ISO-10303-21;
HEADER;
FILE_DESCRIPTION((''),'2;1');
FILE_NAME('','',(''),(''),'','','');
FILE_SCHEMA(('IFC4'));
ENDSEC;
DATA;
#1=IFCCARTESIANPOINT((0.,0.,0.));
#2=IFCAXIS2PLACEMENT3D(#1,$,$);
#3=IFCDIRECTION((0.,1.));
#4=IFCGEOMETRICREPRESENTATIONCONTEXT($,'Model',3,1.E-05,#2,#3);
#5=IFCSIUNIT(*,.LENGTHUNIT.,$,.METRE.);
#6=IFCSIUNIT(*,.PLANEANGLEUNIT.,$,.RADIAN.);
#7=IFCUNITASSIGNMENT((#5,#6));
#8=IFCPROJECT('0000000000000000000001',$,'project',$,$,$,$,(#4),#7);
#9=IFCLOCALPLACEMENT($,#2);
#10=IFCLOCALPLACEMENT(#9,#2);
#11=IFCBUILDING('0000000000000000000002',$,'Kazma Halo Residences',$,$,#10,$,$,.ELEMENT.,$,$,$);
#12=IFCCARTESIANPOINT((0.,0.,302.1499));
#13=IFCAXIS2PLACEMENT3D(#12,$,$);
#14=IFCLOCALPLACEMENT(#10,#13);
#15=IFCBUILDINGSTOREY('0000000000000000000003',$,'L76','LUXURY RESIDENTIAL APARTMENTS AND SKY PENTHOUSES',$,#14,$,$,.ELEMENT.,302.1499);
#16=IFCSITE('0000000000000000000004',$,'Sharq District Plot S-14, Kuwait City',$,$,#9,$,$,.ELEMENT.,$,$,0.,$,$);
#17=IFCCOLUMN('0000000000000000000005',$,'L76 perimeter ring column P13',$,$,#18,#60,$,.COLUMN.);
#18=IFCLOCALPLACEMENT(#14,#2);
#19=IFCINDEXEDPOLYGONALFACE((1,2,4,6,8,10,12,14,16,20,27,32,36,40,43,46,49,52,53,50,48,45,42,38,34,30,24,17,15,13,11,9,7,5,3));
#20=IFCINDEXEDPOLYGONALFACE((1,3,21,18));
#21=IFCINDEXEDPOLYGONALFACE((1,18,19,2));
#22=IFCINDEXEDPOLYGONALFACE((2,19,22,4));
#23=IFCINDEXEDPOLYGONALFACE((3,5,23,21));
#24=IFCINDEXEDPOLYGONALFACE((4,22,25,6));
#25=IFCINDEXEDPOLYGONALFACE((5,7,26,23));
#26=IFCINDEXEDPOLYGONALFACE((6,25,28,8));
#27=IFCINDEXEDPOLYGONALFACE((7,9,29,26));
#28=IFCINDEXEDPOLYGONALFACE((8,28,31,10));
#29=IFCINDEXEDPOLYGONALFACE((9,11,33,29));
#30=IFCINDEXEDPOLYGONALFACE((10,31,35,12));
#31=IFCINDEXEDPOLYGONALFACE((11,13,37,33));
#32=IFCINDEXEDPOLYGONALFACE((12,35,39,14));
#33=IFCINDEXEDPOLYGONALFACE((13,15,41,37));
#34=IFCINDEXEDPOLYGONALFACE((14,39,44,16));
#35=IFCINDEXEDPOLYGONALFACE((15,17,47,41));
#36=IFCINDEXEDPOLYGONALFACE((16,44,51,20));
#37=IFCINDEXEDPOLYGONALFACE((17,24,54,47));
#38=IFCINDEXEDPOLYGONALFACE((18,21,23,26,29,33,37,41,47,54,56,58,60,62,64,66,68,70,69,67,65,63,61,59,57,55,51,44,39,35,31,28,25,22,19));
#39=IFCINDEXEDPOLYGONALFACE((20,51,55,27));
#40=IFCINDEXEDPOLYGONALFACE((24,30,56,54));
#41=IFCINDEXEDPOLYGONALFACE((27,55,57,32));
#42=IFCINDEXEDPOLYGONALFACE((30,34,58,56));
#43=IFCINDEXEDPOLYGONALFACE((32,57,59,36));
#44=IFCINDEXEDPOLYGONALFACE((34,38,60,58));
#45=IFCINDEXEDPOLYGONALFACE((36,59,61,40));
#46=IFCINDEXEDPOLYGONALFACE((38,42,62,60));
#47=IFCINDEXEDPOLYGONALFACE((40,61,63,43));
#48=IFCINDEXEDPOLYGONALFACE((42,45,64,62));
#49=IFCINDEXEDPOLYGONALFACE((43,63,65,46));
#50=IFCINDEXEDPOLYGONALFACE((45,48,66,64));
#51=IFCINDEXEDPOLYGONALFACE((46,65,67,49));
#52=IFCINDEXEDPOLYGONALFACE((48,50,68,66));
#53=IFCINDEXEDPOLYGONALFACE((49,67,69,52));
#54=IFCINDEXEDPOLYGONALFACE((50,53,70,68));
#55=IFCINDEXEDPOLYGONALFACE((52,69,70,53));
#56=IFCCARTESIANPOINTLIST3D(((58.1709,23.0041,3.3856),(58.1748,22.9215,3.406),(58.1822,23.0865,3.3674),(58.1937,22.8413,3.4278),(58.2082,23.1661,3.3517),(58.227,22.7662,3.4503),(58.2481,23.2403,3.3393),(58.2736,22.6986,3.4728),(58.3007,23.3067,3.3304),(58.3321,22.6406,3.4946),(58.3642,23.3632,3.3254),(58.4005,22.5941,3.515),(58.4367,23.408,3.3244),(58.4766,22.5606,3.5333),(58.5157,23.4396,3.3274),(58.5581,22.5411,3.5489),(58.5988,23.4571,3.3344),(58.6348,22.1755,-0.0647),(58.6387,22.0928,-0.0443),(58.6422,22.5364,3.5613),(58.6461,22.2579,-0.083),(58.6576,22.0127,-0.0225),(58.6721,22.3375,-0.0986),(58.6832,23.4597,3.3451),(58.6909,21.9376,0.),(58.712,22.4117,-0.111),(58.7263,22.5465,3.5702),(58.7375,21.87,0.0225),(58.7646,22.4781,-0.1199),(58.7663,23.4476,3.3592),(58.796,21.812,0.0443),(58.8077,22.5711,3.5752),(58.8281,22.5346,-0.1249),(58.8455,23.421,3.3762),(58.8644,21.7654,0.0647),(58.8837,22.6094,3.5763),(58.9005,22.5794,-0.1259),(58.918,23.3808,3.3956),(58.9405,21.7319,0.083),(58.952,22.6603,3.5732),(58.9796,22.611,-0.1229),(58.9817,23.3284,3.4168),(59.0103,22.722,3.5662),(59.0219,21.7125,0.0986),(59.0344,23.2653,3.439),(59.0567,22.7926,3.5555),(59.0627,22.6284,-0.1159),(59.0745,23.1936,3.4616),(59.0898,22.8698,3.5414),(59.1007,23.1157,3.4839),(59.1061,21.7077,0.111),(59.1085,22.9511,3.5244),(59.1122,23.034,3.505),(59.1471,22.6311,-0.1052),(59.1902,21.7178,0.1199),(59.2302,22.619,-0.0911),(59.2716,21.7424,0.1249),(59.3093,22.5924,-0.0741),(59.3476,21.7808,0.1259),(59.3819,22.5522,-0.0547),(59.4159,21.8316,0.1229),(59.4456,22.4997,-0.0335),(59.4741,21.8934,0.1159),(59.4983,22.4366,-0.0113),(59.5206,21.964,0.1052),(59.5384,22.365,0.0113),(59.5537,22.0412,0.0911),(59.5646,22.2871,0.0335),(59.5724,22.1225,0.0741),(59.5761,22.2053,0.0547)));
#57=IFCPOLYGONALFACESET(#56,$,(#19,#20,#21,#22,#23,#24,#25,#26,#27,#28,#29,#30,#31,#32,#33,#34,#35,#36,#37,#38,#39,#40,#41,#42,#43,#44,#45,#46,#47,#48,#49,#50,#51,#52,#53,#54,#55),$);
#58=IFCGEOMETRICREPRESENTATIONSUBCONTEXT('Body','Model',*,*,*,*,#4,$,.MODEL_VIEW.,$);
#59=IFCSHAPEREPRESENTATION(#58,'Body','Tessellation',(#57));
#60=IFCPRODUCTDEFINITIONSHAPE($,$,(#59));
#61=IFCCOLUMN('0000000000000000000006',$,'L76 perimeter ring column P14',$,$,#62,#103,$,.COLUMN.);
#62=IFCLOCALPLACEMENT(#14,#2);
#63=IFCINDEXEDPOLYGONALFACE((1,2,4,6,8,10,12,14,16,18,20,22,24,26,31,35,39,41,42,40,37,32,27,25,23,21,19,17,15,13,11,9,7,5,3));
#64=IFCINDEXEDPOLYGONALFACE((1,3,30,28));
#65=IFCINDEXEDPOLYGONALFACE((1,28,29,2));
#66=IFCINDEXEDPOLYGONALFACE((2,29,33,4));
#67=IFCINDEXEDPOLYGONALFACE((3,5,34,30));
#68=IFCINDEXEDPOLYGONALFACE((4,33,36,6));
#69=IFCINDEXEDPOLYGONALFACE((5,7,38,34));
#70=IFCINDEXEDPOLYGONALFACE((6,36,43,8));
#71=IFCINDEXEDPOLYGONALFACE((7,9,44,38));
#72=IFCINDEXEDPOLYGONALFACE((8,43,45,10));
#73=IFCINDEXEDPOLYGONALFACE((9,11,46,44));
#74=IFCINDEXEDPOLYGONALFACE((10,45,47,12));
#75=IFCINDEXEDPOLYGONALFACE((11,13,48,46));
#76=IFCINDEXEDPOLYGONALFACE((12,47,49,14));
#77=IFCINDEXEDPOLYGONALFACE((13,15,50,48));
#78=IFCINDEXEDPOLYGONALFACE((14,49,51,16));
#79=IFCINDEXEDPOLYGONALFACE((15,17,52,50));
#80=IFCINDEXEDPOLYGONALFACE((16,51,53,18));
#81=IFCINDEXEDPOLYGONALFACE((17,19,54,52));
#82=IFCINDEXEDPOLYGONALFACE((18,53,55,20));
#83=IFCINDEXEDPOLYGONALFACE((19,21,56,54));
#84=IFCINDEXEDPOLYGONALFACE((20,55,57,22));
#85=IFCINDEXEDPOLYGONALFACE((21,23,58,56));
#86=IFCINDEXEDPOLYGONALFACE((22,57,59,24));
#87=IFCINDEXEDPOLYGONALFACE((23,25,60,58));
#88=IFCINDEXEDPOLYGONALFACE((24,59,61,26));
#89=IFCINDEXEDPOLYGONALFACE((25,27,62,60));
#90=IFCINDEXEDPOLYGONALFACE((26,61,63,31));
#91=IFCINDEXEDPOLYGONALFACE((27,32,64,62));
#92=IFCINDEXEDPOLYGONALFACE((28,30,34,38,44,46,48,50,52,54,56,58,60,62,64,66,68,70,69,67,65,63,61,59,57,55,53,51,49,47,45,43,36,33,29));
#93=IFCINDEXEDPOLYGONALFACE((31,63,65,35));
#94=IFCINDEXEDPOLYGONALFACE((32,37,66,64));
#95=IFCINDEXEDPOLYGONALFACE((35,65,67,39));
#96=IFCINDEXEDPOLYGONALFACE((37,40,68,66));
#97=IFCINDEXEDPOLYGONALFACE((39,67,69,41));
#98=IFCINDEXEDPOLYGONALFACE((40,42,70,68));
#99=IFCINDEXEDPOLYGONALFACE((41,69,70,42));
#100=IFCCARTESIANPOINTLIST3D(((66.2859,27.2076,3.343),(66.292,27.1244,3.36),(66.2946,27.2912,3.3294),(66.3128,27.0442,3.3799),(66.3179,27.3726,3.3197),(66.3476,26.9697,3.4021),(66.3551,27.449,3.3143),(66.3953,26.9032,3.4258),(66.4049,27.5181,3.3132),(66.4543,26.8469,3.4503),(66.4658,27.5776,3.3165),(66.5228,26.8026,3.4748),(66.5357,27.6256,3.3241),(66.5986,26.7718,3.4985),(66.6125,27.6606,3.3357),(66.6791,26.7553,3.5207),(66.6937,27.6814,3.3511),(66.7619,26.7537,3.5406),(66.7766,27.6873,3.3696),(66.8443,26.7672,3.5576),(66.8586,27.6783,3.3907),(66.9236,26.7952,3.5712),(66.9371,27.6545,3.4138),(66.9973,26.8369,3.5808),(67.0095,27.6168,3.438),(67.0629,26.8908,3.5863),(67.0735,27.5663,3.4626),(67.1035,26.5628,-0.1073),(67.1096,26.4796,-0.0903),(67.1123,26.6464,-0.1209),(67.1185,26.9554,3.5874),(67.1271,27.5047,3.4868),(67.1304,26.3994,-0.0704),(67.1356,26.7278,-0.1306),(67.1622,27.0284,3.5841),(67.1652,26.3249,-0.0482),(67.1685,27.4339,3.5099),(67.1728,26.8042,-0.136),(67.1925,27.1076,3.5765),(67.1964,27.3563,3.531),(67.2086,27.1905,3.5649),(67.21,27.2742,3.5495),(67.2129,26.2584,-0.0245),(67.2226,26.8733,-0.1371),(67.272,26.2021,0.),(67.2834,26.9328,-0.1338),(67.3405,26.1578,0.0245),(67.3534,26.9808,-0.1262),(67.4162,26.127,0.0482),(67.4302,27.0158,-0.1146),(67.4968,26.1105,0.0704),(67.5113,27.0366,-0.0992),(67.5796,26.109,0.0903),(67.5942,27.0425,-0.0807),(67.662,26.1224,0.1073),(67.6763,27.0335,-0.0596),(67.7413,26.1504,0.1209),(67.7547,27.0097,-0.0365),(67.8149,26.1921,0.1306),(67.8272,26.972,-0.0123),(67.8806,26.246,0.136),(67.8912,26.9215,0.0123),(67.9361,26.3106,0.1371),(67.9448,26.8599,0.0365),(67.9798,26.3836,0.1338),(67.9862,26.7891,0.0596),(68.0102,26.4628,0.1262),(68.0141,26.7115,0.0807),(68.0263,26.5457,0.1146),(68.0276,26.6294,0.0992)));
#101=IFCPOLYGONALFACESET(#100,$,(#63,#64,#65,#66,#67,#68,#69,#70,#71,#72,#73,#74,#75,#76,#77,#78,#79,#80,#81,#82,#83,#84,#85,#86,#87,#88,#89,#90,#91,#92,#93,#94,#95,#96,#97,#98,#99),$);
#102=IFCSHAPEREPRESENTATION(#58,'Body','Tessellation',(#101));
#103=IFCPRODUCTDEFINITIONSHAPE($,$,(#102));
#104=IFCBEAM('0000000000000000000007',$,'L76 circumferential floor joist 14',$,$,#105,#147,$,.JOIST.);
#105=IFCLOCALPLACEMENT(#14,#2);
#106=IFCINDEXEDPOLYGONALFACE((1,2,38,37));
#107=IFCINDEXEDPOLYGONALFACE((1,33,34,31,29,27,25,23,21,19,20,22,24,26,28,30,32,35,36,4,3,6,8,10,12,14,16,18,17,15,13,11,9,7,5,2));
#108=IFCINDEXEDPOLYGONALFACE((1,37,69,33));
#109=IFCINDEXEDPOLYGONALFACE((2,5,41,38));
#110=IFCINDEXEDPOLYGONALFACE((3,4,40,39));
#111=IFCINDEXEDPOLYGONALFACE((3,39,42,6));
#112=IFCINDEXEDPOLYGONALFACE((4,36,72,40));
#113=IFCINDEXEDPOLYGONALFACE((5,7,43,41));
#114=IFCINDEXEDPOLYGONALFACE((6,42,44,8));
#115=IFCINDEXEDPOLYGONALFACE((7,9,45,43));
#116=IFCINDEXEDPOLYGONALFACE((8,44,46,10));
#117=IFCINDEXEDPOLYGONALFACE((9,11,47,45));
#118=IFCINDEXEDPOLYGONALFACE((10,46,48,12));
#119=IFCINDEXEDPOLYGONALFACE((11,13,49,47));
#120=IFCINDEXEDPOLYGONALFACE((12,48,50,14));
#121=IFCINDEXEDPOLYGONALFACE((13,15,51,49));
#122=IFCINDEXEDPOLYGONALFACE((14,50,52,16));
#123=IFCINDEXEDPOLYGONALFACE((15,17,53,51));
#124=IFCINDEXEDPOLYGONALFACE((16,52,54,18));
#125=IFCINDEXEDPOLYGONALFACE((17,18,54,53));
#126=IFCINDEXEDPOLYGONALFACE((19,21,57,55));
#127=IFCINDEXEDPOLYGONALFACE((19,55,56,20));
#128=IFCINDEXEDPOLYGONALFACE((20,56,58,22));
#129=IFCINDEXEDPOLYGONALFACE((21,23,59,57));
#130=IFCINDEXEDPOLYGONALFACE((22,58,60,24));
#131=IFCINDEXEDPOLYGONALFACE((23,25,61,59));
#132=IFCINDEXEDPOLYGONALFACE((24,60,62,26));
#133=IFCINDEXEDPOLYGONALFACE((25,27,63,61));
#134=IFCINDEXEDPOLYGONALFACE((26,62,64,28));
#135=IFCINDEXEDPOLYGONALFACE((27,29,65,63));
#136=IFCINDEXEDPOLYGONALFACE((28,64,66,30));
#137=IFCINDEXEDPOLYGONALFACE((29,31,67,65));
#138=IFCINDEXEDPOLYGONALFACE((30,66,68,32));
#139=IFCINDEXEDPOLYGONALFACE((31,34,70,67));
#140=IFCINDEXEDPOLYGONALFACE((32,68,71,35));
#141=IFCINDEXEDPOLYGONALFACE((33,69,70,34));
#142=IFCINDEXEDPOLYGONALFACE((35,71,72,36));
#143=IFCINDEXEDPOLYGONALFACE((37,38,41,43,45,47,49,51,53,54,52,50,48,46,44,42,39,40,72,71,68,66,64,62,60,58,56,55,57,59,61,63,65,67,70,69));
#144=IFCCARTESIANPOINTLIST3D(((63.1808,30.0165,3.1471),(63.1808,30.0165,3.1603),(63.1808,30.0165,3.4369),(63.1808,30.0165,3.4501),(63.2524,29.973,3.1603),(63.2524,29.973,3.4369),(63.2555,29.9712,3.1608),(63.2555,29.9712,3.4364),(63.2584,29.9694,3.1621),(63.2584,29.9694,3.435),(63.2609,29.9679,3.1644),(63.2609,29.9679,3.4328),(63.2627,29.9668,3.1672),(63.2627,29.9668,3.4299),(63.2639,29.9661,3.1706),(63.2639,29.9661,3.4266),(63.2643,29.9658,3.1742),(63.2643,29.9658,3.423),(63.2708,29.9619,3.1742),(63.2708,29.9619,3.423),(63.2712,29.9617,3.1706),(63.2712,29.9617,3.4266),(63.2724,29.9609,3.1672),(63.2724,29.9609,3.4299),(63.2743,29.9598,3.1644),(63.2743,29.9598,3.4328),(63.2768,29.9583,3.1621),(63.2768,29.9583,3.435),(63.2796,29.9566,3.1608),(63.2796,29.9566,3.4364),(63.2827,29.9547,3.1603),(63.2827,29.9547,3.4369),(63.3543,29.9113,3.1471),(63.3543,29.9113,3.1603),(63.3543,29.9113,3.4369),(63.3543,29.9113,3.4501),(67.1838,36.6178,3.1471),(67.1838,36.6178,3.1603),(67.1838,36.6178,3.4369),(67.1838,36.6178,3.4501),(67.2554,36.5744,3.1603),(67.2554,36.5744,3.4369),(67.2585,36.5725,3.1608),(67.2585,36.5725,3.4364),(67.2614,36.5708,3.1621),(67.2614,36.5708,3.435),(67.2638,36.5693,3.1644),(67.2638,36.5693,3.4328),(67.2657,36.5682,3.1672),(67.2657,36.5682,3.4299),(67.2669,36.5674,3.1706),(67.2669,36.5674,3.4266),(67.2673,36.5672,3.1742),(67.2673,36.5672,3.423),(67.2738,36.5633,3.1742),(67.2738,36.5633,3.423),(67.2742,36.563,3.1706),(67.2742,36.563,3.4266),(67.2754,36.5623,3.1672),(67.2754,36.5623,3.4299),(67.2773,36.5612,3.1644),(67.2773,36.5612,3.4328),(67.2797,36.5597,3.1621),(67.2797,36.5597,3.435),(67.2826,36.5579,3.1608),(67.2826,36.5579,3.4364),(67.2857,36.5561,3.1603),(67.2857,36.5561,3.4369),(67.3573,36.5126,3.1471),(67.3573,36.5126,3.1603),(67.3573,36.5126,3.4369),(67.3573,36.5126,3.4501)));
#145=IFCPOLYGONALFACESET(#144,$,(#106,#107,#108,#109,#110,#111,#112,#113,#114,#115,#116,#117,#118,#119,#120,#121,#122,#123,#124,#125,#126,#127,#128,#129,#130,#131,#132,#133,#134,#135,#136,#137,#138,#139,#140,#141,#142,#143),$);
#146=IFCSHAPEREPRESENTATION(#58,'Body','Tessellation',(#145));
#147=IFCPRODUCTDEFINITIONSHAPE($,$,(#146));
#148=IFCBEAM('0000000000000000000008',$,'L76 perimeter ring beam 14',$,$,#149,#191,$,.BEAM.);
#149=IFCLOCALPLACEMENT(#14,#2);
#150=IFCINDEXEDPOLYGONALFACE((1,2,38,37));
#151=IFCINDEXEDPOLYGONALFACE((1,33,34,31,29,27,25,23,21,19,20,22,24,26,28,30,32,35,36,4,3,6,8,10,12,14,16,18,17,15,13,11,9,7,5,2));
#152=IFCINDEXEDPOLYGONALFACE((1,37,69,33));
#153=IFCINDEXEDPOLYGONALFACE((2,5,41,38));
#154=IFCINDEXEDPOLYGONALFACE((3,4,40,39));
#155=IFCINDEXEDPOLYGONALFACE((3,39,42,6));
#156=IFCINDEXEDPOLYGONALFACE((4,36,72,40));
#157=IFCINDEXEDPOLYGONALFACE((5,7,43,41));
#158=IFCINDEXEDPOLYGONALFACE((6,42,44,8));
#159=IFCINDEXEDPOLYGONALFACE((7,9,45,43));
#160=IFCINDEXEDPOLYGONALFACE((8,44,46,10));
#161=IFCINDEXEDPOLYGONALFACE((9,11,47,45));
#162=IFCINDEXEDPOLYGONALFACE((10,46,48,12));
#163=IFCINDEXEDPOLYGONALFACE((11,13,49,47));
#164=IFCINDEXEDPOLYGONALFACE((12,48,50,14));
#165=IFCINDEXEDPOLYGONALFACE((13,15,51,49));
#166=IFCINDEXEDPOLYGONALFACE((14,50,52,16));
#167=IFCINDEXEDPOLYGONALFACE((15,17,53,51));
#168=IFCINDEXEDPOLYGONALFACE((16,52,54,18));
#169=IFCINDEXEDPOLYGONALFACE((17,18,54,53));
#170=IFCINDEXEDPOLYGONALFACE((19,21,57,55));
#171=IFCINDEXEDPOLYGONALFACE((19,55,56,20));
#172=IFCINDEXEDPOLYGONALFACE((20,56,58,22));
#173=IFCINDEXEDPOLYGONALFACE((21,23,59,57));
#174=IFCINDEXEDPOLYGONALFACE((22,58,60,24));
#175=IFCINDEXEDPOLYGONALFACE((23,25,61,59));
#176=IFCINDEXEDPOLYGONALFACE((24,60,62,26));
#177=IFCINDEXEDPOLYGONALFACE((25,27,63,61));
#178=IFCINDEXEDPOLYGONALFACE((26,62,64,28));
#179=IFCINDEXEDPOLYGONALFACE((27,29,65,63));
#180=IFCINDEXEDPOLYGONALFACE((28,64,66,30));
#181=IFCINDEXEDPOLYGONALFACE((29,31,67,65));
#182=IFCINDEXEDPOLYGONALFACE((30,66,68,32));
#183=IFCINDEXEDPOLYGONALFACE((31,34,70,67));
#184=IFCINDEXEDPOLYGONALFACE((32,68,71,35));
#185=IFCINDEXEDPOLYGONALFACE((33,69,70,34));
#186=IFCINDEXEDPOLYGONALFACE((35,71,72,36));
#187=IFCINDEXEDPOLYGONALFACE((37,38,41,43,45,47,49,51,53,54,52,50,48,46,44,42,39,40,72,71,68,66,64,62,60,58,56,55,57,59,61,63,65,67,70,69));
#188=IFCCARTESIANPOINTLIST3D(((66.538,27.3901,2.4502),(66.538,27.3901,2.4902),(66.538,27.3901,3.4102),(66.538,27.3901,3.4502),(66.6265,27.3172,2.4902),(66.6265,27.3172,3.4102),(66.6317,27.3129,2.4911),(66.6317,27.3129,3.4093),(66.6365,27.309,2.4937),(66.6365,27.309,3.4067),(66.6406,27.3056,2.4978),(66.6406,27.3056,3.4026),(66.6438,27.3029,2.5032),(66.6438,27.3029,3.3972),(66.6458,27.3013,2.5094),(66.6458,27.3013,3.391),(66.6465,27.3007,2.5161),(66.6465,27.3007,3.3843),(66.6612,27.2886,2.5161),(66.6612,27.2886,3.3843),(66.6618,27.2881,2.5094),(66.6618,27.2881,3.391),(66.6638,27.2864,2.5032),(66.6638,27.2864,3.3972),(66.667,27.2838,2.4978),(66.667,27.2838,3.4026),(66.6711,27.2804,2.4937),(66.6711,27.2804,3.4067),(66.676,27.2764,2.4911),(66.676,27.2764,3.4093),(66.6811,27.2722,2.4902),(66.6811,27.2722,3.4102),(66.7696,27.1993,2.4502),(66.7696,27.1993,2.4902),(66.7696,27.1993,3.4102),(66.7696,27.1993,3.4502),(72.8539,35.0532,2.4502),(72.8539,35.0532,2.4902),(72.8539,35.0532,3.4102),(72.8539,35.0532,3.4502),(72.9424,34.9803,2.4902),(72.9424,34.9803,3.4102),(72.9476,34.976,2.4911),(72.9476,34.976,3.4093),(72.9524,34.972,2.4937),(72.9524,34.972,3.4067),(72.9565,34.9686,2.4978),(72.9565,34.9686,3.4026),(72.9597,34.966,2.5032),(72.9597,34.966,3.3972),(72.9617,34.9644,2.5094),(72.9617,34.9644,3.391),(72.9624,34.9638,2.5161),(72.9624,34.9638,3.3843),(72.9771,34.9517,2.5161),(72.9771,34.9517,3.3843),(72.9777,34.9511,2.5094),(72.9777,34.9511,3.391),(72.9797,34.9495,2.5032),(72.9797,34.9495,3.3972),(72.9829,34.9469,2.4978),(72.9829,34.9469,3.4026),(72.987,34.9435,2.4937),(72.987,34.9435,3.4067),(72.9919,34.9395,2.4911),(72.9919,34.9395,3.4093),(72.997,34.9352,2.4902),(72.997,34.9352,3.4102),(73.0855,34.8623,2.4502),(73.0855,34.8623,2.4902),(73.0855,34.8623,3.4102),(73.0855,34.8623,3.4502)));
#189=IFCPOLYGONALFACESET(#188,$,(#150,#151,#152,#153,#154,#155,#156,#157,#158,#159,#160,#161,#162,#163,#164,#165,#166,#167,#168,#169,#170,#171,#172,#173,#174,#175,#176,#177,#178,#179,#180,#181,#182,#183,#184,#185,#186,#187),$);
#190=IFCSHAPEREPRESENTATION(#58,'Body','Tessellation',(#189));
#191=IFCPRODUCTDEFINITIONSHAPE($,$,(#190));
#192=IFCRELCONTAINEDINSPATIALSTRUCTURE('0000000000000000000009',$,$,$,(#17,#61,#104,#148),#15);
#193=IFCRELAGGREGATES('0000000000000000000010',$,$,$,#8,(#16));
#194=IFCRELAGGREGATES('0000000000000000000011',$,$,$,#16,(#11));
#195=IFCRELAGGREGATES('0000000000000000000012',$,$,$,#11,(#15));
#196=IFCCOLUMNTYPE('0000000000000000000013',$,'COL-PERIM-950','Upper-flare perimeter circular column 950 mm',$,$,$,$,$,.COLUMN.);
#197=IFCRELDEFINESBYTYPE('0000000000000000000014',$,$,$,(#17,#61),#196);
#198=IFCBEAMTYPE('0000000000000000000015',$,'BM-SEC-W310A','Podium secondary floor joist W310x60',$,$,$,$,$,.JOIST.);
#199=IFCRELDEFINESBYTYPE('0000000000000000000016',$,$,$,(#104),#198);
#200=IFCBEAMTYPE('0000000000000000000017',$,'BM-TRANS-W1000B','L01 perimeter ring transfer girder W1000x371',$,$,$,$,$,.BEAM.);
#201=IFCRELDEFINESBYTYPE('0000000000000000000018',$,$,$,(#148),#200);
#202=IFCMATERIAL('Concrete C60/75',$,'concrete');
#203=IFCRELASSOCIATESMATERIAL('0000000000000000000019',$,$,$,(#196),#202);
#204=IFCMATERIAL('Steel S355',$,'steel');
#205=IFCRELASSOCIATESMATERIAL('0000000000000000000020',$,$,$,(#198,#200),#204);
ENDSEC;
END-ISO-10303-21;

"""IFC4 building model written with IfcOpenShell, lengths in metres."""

from ifc_helpers import new_model, si_unit, direction, frame, origin, origin_2d, place, context, subcontext, project, spatial, circle, i_section, extrude, material, material_profile, profile_set, type_object, element, save


model = new_model("IFC4")

# Units and contexts
model_context = context("Model", 3, precision=1e-05, world=origin(), true_north=direction((0.0, 1.0)))
body_context = subcontext(model_context, "Body", "Model", "MODEL_VIEW")
ifc_project = project(units=[si_unit("LENGTHUNIT", "METRE"), si_unit("PLANEANGLEUNIT", "RADIAN")], contexts=[model_context])

# Site, building, storey
site_placement = place(None, origin())
site = spatial("IfcSite", under=ifc_project, at=site_placement, Name="Sharq District Plot S-14, Kuwait City", CompositionType="ELEMENT", RefElevation=0.0)
building_placement = place(site_placement, origin())
building = spatial("IfcBuilding", under=site, at=building_placement, Name="Kazma Halo Residences", CompositionType="ELEMENT")
storey_placement = place(building_placement, frame((0.0, 0.0, 302.1499)))
storey = spatial("IfcBuildingStorey", under=building, at=storey_placement, Name="L76", Description="LUXURY RESIDENTIAL APARTMENTS AND SKY PENTHOUSES", CompositionType="ELEMENT", Elevation=302.1499)

# Columns
ifc_material_1 = material(Name="Concrete C60/75", Category="concrete")
ifc_material_profile_1 = material_profile(ifc_material_1, circle(Radius=0.4751, at=origin_2d()), Name="CIRC950")
ifc_profile_set_1 = profile_set([ifc_material_profile_1], Name="Concrete C60/75")
column_type = type_object("IfcColumnType", Name="COL-PERIM-950", Description="Upper-flare perimeter circular column 950 mm", PredefinedType="COLUMN", material=ifc_profile_set_1)
column_1_placement = place(storey_placement, frame((59.1055, 22.1697, 0.0), z_axis=(-0.129626, 0.231554, 0.964147), x_axis=(-0.872576, -0.488478, 0.0)))
element("IfcColumn", 1, at=column_1_placement, inside=storey, type_object=column_type, Name="L76 perimeter ring column P13", PredefinedType="COLUMN", context=body_context, shape_type="SweptSolid", body=[
    extrude(circle(Radius=0.4751, at=origin_2d()), origin(), (0.0, 0.0, 1.0), 3.5786),
])
column_2_placement = place(storey_placement, frame((67.5662, 26.5752, 0.0), z_axis=(-0.226873, 0.17891, 0.95735), x_axis=(-0.619218, -0.785219, 0.0)))
element("IfcColumn", 2, at=column_2_placement, inside=storey, type_object=column_type, Name="L76 perimeter ring column P14", PredefinedType="COLUMN", context=body_context, shape_type="SweptSolid", body=[
    extrude(circle(Radius=0.4751, at=origin_2d()), origin(), (0.0, 0.0, 1.0), 3.604),
])

# Beams
ifc_material_2 = material(Name="Steel S355", Category="steel")
ifc_material_profile_2 = material_profile(ifc_material_2, i_section(OverallWidth=0.2029, OverallDepth=0.303, WebThickness=0.0076, FlangeThickness=0.0132, FilletRadius=0.0139, at=origin_2d()), Name="W310x60")
ifc_profile_set_2 = profile_set([ifc_material_profile_2], Name="Steel S355")
beam_type_1 = type_object("IfcBeamType", Name="BM-SEC-W310A", Description="Podium secondary floor joist W310x60", PredefinedType="JOIST", material=ifc_profile_set_2)
beam_1_placement = place(storey_placement, frame((63.2676, 29.9639, 3.2986), z_axis=(0.518504, 0.855075, 0.0), x_axis=(-0.855075, 0.518504, 0.0)))
element("IfcBeam", 3, at=beam_1_placement, inside=storey, type_object=beam_type_1, Name="L76 circumferential floor joist 14", PredefinedType="JOIST", context=body_context, shape_type="SweptSolid", body=[
    extrude(i_section(OverallWidth=0.2029, OverallDepth=0.303, WebThickness=0.0076, FlangeThickness=0.0132, FilletRadius=0.0139, at=origin_2d()), origin(), (0.0, 0.0, 1.0), 7.7202),
])
ifc_material_profile_3 = material_profile(ifc_material_2, i_section(OverallWidth=0.3, OverallDepth=1.0, WebThickness=0.019, FlangeThickness=0.04, FilletRadius=0.0259, at=origin_2d()), Name="W1000x371")
ifc_profile_set_3 = profile_set([ifc_material_profile_3], Name="Steel S355")
beam_type_2 = type_object("IfcBeamType", Name="BM-TRANS-W1000B", Description="L01 perimeter ring transfer girder W1000x371", PredefinedType="BEAM", material=ifc_profile_set_3)
beam_2_placement = place(storey_placement, frame((66.6538, 27.2947, 2.9502), z_axis=(0.636016, 0.771676, 0.0), x_axis=(-0.771676, 0.636016, 0.0)))
element("IfcBeam", 4, at=beam_2_placement, inside=storey, type_object=beam_type_2, Name="L76 perimeter ring beam 14", PredefinedType="BEAM", context=body_context, shape_type="SweptSolid", body=[
    extrude(i_section(OverallWidth=0.3, OverallDepth=1.0, WebThickness=0.019, FlangeThickness=0.04, FilletRadius=0.0259, at=origin_2d()), origin(), (0.0, 0.0, 1.0), 9.9304),
])

save(model, "model.ifc")
